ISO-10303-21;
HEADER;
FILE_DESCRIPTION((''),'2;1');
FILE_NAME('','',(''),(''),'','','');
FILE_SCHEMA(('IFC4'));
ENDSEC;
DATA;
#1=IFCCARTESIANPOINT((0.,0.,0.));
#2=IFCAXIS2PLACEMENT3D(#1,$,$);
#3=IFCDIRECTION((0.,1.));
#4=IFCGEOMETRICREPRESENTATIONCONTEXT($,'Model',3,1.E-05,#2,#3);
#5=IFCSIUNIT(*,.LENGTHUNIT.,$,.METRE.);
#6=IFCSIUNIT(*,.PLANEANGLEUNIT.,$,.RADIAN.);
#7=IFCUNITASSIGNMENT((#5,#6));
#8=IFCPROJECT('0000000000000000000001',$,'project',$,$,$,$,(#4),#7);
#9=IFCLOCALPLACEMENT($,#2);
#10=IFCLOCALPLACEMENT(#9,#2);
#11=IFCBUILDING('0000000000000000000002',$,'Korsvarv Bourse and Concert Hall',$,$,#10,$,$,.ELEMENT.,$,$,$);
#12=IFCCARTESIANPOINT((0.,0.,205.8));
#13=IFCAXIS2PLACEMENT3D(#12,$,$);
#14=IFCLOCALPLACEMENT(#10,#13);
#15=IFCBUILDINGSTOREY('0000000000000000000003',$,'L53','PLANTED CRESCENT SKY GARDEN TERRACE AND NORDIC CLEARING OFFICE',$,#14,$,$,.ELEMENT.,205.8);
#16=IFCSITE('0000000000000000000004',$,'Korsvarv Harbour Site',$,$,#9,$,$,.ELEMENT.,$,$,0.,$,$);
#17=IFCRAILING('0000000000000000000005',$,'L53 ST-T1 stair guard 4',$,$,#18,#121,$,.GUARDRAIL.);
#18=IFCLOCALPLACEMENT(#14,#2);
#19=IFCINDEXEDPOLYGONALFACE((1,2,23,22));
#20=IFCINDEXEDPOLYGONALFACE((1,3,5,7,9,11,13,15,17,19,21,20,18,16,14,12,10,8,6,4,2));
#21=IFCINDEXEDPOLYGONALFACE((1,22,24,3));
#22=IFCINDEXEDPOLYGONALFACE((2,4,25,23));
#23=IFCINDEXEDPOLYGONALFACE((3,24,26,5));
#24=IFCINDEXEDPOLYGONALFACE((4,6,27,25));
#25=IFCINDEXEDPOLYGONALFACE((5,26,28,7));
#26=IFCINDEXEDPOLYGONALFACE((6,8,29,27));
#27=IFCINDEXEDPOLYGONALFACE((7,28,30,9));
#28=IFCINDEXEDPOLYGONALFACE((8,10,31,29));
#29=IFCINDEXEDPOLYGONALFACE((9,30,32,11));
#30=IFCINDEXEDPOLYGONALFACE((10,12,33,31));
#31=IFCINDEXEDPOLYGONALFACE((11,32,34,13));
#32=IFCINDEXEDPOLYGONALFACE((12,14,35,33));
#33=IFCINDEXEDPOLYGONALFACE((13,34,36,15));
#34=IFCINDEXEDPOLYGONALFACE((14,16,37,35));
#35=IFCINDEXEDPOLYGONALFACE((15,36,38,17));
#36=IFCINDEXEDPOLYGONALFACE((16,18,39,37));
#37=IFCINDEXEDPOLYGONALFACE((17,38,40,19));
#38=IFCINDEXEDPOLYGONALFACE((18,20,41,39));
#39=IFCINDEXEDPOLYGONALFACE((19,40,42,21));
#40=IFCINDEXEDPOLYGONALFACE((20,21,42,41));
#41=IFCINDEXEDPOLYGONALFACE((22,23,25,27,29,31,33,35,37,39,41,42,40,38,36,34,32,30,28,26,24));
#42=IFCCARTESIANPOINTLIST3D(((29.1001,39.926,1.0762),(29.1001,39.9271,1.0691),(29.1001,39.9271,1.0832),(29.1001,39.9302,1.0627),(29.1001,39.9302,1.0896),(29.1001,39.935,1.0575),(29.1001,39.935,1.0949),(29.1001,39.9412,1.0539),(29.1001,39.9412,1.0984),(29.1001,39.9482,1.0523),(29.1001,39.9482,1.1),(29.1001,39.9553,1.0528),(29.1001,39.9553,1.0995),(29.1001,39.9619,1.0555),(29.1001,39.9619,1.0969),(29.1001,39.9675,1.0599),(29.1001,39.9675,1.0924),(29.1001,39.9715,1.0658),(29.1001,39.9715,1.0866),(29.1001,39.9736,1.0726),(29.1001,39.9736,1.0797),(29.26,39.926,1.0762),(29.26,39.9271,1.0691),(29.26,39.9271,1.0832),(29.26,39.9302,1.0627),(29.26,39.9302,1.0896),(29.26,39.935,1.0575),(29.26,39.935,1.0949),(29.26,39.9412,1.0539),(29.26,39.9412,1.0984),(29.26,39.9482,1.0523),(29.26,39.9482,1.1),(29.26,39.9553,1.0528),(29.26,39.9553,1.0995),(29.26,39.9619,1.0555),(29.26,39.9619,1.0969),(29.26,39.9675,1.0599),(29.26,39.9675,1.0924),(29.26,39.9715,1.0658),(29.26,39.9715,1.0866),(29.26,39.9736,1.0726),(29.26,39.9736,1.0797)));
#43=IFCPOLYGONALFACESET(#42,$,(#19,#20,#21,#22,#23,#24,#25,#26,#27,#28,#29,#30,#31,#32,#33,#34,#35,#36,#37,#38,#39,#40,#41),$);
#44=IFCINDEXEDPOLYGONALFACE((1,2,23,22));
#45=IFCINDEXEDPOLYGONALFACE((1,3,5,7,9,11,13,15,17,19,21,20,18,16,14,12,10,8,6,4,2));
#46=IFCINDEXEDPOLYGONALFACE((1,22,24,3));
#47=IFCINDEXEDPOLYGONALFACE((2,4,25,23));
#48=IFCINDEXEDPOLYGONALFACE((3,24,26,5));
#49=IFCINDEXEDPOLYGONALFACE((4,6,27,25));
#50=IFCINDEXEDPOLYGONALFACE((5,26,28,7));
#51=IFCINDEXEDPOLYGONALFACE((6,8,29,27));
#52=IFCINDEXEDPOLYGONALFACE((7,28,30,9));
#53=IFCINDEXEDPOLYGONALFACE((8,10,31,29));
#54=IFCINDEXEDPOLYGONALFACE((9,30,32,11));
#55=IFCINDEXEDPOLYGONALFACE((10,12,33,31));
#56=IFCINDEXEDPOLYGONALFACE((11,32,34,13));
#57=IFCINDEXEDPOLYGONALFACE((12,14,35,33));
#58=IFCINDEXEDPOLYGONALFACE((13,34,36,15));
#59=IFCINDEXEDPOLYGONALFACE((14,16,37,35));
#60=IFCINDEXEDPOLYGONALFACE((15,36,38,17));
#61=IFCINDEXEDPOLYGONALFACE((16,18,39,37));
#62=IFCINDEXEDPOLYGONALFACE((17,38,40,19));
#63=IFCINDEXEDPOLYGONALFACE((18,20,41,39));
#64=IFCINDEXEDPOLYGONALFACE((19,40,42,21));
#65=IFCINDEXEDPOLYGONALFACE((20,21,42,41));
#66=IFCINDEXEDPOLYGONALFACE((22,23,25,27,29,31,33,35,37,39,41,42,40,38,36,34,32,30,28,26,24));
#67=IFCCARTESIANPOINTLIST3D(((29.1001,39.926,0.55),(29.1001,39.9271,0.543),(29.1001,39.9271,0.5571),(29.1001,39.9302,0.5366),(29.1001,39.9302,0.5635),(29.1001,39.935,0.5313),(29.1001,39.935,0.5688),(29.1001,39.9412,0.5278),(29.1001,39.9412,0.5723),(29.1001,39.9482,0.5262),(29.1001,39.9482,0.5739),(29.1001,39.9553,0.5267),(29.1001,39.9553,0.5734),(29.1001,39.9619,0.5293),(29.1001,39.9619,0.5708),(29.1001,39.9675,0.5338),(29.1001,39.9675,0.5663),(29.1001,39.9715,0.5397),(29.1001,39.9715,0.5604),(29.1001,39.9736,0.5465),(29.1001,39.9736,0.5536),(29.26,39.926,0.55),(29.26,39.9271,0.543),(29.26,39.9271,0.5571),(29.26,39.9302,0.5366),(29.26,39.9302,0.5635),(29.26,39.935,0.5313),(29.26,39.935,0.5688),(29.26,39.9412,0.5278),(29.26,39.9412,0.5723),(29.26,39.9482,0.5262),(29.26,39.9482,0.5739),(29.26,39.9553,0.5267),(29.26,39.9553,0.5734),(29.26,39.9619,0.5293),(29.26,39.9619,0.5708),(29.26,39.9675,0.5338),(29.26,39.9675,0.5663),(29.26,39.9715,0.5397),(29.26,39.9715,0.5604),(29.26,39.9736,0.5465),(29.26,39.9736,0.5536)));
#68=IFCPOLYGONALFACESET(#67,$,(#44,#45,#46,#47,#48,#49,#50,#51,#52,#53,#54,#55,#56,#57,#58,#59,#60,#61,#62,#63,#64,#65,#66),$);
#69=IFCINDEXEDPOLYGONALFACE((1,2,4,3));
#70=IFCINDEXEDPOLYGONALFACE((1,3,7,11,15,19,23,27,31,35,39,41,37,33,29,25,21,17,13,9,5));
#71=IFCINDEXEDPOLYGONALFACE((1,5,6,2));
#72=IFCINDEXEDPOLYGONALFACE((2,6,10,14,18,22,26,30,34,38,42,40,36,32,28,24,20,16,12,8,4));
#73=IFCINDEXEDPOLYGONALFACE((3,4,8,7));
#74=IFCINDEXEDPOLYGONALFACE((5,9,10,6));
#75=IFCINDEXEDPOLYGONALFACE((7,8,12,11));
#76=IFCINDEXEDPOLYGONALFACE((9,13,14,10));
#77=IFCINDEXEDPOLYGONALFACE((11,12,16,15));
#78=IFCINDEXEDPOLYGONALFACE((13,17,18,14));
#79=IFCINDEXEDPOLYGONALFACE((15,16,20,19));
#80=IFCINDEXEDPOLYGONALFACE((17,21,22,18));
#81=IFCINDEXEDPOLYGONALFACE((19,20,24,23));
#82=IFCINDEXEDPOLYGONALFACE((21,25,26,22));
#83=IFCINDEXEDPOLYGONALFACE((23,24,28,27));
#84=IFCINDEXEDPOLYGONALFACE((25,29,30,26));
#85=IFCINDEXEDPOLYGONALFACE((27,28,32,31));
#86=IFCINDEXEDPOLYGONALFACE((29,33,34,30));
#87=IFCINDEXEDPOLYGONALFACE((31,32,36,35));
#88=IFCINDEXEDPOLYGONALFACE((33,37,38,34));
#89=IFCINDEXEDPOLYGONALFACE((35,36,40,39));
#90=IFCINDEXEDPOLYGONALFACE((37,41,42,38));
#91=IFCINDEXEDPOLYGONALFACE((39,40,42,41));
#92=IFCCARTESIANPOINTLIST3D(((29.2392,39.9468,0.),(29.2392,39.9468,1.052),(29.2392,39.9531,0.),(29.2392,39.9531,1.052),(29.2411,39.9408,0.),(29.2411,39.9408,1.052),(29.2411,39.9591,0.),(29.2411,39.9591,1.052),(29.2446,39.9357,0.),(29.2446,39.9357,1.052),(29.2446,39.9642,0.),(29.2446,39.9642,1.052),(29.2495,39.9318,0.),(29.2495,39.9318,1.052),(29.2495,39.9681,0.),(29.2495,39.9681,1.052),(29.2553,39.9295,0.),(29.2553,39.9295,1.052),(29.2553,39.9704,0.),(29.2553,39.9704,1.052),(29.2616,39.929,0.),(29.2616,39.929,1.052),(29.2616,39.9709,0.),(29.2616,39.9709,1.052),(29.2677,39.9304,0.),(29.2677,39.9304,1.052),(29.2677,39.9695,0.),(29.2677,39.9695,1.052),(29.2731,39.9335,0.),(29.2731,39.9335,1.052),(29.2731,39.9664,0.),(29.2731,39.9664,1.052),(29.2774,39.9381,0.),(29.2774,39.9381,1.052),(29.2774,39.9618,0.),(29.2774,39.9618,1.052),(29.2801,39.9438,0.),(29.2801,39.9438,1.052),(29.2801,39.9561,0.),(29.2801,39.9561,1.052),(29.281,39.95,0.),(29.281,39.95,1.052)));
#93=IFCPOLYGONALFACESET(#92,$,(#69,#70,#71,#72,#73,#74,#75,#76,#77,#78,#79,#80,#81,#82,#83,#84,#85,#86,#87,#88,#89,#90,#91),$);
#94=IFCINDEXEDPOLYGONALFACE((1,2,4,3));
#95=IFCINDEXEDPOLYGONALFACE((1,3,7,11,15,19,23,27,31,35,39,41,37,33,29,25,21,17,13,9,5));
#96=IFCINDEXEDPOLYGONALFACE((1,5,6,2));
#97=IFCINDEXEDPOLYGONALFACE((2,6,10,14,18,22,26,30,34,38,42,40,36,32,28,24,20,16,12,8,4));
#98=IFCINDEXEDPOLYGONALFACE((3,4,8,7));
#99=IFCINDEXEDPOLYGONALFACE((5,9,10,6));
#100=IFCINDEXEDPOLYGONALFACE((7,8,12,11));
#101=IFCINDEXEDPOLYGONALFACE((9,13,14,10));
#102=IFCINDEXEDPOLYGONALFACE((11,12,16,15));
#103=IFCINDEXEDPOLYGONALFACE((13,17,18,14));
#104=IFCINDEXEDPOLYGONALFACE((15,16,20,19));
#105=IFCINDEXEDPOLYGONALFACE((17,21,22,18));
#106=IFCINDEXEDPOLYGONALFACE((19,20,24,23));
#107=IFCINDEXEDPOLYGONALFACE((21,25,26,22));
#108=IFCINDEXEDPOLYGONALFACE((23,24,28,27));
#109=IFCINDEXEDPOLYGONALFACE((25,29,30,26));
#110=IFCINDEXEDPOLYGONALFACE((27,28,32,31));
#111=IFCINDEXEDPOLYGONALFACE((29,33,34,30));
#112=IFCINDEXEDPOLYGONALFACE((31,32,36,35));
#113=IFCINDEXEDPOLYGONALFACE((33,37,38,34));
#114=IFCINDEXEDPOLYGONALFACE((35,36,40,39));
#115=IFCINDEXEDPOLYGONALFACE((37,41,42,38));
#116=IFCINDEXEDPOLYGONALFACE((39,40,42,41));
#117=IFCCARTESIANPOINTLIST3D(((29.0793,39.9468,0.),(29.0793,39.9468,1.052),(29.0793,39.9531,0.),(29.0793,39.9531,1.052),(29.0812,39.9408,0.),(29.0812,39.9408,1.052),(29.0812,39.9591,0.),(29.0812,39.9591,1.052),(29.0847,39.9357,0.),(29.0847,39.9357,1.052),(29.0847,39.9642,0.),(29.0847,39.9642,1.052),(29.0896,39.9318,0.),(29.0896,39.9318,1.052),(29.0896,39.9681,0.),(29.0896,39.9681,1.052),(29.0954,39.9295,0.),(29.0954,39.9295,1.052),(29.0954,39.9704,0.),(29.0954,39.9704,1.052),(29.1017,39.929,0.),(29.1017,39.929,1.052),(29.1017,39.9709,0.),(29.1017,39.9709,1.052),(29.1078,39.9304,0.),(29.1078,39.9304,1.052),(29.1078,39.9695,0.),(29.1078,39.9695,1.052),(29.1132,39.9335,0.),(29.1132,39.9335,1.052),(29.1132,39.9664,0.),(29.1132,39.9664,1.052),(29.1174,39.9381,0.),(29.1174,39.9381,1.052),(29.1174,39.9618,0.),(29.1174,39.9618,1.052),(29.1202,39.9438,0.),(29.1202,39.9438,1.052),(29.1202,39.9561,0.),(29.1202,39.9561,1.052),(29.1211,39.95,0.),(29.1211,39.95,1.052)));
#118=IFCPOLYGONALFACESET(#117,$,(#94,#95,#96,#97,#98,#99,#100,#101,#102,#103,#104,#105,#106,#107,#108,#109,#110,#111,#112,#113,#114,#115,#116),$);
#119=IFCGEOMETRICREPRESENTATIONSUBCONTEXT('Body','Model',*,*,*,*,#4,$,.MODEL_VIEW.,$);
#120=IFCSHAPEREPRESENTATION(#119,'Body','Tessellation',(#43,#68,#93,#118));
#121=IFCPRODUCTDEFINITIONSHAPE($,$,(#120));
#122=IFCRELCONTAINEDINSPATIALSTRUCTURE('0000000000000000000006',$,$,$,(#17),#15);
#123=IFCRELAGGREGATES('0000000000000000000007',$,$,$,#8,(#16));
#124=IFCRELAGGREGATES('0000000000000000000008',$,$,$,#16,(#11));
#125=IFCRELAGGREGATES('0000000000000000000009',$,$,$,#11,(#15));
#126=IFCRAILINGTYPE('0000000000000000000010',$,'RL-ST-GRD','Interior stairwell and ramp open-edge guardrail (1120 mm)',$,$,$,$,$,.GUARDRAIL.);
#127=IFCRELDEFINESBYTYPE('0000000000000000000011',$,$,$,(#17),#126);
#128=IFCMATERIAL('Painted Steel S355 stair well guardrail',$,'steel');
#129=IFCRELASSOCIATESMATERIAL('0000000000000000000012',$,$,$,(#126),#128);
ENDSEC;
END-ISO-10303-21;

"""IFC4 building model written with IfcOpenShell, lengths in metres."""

from ifc_helpers import new_model, si_unit, direction, frame, origin, origin_2d, place, context, subcontext, project, spatial, circle, extrude, material, type_object, element, save


model = new_model("IFC4")

# Units and contexts
model_context = context("Model", 3, precision=1e-05, world=origin(), true_north=direction((0.0, 1.0)))
body_context = subcontext(model_context, "Body", "Model", "MODEL_VIEW")
ifc_project = project(units=[si_unit("LENGTHUNIT", "METRE"), si_unit("PLANEANGLEUNIT", "RADIAN")], contexts=[model_context])

# Site, building, storey
site_placement = place(None, origin())
site = spatial("IfcSite", under=ifc_project, at=site_placement, Name="Korsvarv Harbour Site", CompositionType="ELEMENT", RefElevation=0.0)
building_placement = place(site_placement, origin())
building = spatial("IfcBuilding", under=site, at=building_placement, Name="Korsvarv Bourse and Concert Hall", CompositionType="ELEMENT")
storey_placement = place(building_placement, frame((0.0, 0.0, 205.8)))
storey = spatial("IfcBuildingStorey", under=building, at=storey_placement, Name="L53", Description="PLANTED CRESCENT SKY GARDEN TERRACE AND NORDIC CLEARING OFFICE", CompositionType="ELEMENT", Elevation=205.8)

# Railing
ifc_material_1 = material(Name="Painted Steel S355 stair well guardrail", Category="steel")
railing_type_1 = type_object("IfcRailingType", Name="RL-ST-GRD", Description="Interior stairwell and ramp open-edge guardrail (1120 mm)", PredefinedType="GUARDRAIL", material=ifc_material_1)
railing_1_placement = place(storey_placement, frame((29.26, 39.95, 0.0)))
element("IfcRailing", 1, at=railing_1_placement, inside=storey, type_object=railing_type_1, Name="L53 ST-T1 stair guard 4", PredefinedType="GUARDRAIL", context=body_context, shape_type="SweptSolid", body=[
    extrude(circle(Radius=0.0239, at=origin_2d()), frame((0.0, 0.0, 1.0762), z_axis=(-1.0, 0.0, 0.0), x_axis=(0.0, -1.0, 0.0)), (0.0, 0.0, 1.0), 0.1599),
    extrude(circle(Radius=0.0239, at=origin_2d()), frame((0.0, 0.0, 0.55), z_axis=(-1.0, 0.0, 0.0), x_axis=(0.0, -1.0, 0.0)), (0.0, 0.0, 1.0), 0.1599),
    extrude(circle(Radius=0.021, at=origin_2d()), origin(), (0.0, 0.0, 1.0), 1.052),
    extrude(circle(Radius=0.021, at=origin_2d()), frame((-0.1599, 0.0, 0.0)), (0.0, 0.0, 1.0), 1.052),
])

save(model, "model.ifc")
